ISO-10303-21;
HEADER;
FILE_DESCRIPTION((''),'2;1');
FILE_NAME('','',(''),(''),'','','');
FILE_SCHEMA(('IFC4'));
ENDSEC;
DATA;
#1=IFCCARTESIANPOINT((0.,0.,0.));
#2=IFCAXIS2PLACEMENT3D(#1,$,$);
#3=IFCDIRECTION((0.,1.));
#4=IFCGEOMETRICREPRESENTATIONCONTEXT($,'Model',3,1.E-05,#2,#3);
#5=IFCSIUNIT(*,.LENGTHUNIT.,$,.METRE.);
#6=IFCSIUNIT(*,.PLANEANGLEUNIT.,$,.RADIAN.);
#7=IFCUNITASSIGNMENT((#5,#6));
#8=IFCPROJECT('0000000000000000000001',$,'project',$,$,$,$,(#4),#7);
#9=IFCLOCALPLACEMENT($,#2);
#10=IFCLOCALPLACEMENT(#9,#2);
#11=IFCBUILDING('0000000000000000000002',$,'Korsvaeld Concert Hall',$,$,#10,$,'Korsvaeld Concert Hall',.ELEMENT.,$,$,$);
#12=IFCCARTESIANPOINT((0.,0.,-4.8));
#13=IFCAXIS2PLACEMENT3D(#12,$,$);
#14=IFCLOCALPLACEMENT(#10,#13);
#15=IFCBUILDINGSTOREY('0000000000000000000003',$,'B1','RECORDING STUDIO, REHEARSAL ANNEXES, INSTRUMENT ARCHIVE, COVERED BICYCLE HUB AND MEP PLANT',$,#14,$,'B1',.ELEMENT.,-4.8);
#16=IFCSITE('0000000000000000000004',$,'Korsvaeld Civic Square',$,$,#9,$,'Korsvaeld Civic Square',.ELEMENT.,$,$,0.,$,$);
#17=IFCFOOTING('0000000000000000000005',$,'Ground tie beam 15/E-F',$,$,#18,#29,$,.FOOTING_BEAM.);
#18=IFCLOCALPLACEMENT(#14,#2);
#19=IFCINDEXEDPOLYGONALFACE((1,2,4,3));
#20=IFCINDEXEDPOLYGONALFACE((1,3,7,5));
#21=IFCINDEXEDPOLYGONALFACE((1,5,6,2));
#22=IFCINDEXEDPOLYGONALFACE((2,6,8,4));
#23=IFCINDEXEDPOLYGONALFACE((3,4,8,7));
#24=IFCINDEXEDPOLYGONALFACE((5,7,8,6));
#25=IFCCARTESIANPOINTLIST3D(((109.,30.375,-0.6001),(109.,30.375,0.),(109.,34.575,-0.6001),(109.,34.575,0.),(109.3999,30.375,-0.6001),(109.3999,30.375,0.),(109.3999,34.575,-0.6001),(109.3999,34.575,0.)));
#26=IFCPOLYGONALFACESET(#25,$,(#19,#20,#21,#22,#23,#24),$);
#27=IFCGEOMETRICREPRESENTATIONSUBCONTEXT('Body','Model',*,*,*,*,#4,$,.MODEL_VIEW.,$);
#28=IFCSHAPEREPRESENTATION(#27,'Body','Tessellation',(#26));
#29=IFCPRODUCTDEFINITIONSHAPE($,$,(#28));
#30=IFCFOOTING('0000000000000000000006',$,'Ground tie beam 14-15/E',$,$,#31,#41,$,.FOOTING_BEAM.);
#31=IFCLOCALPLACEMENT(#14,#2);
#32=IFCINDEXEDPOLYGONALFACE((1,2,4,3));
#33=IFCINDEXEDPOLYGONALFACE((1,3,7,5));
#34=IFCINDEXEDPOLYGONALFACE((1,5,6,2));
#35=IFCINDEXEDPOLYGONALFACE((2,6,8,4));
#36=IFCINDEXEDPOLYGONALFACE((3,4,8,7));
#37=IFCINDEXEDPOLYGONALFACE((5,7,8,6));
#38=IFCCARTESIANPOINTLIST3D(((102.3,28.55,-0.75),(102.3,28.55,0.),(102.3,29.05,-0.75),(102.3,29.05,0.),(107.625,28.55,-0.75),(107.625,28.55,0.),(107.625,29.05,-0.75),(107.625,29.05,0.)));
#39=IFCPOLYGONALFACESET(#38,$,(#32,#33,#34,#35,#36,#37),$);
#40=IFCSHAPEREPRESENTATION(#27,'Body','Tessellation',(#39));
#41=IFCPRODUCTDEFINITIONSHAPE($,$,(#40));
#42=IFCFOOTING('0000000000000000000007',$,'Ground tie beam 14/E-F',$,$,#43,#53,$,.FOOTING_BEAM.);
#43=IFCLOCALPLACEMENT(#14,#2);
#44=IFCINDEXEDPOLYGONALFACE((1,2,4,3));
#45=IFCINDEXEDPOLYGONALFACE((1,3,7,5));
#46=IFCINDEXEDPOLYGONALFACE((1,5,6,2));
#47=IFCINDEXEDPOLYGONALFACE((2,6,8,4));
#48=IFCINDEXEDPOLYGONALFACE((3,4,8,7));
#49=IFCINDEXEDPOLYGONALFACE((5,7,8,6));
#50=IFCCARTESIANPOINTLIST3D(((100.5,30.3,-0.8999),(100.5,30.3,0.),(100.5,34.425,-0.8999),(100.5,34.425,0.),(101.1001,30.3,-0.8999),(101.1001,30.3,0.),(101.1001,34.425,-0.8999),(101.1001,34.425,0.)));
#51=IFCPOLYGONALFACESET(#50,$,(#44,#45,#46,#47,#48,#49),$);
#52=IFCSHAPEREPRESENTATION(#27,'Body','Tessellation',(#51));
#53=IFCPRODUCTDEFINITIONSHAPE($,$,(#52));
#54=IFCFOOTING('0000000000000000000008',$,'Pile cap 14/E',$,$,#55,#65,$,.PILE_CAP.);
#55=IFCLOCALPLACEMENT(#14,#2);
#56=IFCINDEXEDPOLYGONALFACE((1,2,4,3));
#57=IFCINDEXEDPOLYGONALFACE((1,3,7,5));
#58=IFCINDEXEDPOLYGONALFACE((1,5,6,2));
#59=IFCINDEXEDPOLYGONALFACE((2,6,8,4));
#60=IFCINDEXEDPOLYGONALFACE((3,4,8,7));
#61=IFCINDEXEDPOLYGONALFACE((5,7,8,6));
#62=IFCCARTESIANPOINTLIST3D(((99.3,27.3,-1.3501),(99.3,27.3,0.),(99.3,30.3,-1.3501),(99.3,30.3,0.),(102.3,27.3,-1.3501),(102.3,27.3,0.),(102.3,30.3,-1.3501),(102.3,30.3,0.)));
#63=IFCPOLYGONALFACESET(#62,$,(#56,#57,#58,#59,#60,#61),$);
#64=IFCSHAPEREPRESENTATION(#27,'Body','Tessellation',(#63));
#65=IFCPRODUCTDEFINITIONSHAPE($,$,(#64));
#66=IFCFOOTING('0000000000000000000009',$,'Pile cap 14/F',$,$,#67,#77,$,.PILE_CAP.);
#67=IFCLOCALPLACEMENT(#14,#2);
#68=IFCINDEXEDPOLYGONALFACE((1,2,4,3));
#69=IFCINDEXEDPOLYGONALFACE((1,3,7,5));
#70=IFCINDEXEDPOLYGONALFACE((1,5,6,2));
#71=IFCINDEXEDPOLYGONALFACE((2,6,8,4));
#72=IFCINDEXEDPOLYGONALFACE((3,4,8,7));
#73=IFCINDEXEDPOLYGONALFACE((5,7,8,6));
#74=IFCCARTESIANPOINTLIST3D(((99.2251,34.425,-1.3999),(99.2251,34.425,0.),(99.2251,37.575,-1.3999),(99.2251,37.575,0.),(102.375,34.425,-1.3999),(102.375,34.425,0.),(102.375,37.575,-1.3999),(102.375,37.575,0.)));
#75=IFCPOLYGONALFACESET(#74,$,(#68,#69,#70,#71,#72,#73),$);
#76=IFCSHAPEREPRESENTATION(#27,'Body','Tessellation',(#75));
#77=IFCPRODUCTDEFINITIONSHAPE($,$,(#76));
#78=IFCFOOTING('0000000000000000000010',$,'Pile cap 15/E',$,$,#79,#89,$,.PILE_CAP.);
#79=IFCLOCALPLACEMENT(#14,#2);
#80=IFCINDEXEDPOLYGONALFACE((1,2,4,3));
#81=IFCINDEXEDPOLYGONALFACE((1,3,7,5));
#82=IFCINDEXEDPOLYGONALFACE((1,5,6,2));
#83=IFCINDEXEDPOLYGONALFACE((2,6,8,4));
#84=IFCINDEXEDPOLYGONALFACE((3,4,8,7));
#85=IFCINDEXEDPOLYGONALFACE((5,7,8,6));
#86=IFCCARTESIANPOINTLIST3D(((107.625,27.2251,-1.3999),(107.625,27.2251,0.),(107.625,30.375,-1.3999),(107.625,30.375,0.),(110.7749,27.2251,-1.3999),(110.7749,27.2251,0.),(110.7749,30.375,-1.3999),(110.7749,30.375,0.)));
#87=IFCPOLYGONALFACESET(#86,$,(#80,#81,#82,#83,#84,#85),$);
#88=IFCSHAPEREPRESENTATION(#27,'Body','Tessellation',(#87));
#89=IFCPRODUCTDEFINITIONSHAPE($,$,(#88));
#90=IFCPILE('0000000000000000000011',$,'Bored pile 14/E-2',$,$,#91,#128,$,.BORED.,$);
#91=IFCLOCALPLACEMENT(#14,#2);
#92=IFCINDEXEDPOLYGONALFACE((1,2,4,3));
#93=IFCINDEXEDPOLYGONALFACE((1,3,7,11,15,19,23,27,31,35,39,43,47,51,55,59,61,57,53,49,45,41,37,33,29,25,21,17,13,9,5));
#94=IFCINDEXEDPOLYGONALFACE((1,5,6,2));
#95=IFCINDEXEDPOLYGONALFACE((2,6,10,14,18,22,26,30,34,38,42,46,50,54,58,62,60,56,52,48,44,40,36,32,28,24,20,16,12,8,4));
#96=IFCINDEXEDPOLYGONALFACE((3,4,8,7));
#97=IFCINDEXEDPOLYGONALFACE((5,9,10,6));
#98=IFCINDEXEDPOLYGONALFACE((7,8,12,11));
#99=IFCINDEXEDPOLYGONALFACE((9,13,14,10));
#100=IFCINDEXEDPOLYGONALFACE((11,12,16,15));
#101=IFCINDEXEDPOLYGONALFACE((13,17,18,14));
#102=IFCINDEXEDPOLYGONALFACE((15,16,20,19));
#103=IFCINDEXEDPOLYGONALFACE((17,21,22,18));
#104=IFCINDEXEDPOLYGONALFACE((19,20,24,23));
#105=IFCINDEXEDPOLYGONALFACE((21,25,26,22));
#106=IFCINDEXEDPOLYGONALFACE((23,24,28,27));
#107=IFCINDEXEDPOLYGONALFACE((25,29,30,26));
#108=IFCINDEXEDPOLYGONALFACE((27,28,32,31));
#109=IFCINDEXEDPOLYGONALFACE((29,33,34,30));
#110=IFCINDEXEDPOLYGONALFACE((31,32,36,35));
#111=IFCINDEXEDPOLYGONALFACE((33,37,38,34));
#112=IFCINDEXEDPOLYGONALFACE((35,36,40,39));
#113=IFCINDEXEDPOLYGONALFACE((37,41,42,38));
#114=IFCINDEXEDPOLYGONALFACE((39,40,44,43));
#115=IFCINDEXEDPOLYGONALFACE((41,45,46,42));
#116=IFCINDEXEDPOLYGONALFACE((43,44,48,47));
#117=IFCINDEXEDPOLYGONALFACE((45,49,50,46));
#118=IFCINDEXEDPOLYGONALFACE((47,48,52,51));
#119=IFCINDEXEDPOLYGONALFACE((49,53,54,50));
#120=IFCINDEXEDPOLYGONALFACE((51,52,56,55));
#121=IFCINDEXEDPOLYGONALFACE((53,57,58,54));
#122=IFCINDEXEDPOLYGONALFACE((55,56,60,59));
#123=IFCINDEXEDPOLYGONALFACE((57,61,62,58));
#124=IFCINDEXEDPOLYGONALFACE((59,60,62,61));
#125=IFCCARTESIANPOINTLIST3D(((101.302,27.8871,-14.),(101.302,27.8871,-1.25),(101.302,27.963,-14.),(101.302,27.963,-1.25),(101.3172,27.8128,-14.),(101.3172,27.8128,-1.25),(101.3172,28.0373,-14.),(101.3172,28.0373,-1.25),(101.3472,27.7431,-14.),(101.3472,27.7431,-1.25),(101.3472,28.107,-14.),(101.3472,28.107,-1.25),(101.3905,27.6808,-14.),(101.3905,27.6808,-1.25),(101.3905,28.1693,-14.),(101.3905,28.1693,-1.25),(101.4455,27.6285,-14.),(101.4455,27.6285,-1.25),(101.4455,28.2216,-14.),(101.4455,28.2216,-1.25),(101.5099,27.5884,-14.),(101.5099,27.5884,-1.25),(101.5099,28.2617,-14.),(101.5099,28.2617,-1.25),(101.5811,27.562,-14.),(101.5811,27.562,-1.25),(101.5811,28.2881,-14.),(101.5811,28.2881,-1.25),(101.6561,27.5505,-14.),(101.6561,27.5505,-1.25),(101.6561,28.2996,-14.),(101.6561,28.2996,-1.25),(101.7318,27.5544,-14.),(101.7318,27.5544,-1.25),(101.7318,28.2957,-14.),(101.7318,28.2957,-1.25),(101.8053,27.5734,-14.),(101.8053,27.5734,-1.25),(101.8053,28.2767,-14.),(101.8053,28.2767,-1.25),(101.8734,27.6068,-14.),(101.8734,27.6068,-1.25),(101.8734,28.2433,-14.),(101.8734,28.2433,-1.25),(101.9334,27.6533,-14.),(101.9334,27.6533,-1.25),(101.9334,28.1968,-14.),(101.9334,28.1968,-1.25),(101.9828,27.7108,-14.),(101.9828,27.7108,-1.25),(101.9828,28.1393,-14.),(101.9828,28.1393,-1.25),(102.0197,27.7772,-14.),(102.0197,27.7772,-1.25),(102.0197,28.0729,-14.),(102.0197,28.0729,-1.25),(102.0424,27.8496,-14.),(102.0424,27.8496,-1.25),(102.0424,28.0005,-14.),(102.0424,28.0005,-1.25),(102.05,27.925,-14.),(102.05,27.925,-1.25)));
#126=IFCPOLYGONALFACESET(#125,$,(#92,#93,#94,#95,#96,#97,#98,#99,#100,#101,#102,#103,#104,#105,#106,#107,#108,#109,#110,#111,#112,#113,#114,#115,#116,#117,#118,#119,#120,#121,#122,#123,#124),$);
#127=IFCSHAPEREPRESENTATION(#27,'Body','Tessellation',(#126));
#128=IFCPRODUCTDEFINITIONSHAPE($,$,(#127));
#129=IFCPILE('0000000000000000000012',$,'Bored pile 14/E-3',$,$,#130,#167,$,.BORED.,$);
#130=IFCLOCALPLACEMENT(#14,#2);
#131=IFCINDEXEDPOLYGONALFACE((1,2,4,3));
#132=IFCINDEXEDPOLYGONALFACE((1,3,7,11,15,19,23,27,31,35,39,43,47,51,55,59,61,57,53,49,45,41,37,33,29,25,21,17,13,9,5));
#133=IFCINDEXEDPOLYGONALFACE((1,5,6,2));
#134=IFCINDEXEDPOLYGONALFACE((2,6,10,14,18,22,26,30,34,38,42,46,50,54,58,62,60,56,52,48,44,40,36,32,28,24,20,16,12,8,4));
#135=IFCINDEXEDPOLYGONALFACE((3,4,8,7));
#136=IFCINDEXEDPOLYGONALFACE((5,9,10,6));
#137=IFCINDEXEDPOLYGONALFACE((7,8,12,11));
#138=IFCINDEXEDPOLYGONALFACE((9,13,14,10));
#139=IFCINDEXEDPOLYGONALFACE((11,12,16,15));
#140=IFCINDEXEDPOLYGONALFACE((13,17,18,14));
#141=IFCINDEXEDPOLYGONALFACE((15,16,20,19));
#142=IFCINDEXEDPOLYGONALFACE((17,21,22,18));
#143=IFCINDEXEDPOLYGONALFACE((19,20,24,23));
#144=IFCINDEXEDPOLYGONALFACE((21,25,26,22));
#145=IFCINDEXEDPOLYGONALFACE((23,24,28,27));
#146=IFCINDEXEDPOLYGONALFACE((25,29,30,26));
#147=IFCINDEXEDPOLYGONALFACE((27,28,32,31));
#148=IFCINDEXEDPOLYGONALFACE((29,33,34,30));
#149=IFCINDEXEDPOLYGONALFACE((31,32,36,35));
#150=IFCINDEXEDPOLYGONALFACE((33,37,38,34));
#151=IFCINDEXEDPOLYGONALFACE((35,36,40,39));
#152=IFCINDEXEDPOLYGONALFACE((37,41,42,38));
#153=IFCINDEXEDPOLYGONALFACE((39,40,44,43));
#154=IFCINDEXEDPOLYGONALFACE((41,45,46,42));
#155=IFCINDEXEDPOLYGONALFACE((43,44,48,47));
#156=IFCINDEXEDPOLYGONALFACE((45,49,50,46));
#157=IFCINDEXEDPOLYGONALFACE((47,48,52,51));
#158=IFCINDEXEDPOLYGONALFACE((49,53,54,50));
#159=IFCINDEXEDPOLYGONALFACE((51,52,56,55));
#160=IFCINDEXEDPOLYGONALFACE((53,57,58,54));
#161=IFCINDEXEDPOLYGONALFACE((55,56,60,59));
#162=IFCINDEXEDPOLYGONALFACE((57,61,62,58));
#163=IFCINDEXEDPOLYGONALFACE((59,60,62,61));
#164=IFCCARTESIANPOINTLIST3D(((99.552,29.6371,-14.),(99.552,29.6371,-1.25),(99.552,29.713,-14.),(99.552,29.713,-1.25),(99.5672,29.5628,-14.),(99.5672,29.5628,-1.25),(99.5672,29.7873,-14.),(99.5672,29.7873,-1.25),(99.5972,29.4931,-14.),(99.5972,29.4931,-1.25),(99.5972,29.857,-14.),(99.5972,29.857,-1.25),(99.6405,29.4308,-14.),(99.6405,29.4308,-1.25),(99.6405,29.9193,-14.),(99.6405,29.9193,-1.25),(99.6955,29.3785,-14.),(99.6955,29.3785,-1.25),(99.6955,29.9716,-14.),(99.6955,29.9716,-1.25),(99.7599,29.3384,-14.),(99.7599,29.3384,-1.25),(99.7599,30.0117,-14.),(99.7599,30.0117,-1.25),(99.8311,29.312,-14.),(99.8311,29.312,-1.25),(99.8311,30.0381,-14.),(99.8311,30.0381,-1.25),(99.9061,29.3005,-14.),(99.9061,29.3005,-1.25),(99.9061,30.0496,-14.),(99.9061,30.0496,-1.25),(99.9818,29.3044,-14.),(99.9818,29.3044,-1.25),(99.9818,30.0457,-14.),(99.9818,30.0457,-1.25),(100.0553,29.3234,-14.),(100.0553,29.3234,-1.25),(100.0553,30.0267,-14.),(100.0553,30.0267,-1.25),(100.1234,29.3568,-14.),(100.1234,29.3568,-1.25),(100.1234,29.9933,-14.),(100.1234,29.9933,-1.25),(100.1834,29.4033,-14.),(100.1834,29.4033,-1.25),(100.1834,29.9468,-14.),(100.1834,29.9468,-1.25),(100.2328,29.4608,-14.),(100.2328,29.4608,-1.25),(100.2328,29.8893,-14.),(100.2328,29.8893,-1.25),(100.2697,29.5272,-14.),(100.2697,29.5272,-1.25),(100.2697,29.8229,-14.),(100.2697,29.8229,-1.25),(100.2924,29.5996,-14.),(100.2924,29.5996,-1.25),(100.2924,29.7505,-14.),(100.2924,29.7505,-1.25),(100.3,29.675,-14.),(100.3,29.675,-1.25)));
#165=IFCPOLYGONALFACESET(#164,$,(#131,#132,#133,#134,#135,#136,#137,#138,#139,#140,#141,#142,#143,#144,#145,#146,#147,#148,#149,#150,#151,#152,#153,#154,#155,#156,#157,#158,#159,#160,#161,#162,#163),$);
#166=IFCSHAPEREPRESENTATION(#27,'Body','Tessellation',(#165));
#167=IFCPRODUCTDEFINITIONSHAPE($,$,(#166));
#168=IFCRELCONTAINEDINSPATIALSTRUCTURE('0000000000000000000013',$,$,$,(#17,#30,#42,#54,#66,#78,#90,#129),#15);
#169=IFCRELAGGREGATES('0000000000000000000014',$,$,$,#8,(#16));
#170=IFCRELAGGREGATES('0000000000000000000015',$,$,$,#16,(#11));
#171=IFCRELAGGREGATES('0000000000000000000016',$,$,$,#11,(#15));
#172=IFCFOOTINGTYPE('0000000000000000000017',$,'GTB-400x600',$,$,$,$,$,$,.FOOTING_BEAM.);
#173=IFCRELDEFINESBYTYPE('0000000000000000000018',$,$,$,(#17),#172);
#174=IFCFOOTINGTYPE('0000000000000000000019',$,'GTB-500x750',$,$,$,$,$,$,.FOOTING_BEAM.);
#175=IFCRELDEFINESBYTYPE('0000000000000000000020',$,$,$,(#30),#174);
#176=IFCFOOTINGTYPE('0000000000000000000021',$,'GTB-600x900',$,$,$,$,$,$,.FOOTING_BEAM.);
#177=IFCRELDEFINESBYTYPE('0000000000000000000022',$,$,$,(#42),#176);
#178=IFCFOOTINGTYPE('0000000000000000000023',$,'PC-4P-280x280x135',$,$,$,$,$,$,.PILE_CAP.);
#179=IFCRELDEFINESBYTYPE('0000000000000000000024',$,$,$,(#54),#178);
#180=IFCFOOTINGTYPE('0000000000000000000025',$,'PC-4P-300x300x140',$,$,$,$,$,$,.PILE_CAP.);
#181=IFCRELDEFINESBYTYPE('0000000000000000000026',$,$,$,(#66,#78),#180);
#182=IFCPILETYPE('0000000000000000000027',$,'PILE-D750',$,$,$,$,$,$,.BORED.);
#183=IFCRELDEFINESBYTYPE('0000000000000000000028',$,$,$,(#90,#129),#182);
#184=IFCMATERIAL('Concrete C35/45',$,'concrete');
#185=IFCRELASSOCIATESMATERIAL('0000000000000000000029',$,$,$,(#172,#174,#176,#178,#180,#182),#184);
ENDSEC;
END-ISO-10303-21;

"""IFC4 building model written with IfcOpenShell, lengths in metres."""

from ifc_helpers import new_model, si_unit, direction, frame, origin, origin_2d, place, context, subcontext, project, spatial, rectangle, circle, extrude, material, material_profile, profile_set, type_object, element, save


model = new_model("IFC4")

# Units and contexts
model_context = context("Model", 3, precision=1e-05, world=origin(), true_north=direction((0.0, 1.0)))
body_context = subcontext(model_context, "Body", "Model", "MODEL_VIEW")
ifc_project = project(units=[si_unit("LENGTHUNIT", "METRE"), si_unit("PLANEANGLEUNIT", "RADIAN")], contexts=[model_context])

# Site, building, storey
site_placement = place(None, origin())
site = spatial("IfcSite", under=ifc_project, at=site_placement, Name="Korsvaeld Civic Square", LongName="Korsvaeld Civic Square", CompositionType="ELEMENT", RefElevation=0.0)
building_placement = place(site_placement, origin())
building = spatial("IfcBuilding", under=site, at=building_placement, Name="Korsvaeld Concert Hall", LongName="Korsvaeld Concert Hall", CompositionType="ELEMENT")
storey_placement = place(building_placement, frame((0.0, 0.0, -4.8)))
storey = spatial("IfcBuildingStorey", under=building, at=storey_placement, Name="B1", Description="RECORDING STUDIO, REHEARSAL ANNEXES, INSTRUMENT ARCHIVE, COVERED BICYCLE HUB AND MEP PLANT", LongName="B1", CompositionType="ELEMENT", Elevation=-4.8)

# Footings
ifc_material_1 = material(Name="Concrete C35/45", Category="concrete")
ifc_material_profile_1 = material_profile(ifc_material_1, rectangle(XDim=0.3999, YDim=0.6001, at=origin_2d()), Name="GTB 400x600")
ifc_profile_set_1 = profile_set([ifc_material_profile_1], Name="Concrete C35/45")
footing_type_1 = type_object("IfcFootingType", Name="GTB-400x600", PredefinedType="FOOTING_BEAM", material=ifc_profile_set_1)
footing_1_placement = place(storey_placement, frame((109.2, 30.375, -0.3), z_axis=(0.0, 1.0, 0.0), x_axis=(-1.0, 0.0, 0.0)))
element("IfcFooting", 1, at=footing_1_placement, inside=storey, type_object=footing_type_1, Name="Ground tie beam 15/E-F", PredefinedType="FOOTING_BEAM", context=body_context, shape_type="SweptSolid", body=[
    extrude(rectangle(XDim=0.3999, YDim=0.6001, at=origin_2d()), origin(), (0.0, 0.0, 1.0), 4.2),
])
ifc_material_profile_2 = material_profile(ifc_material_1, rectangle(XDim=0.5, YDim=0.75, at=origin_2d()), Name="GTB 500x750")
ifc_profile_set_2 = profile_set([ifc_material_profile_2], Name="Concrete C35/45")
footing_type_2 = type_object("IfcFootingType", Name="GTB-500x750", PredefinedType="FOOTING_BEAM", material=ifc_profile_set_2)
footing_2_placement = place(storey_placement, frame((102.3, 28.8, -0.375), z_axis=(1.0, 0.0, 0.0), x_axis=(0.0, 1.0, 0.0)))
element("IfcFooting", 2, at=footing_2_placement, inside=storey, type_object=footing_type_2, Name="Ground tie beam 14-15/E", PredefinedType="FOOTING_BEAM", context=body_context, shape_type="SweptSolid", body=[
    extrude(rectangle(XDim=0.5, YDim=0.75, at=origin_2d()), origin(), (0.0, 0.0, 1.0), 5.325),
])
ifc_material_profile_3 = material_profile(ifc_material_1, rectangle(XDim=0.6001, YDim=0.8999, at=origin_2d()), Name="GTB 600x900")
ifc_profile_set_3 = profile_set([ifc_material_profile_3], Name="Concrete C35/45")
footing_type_3 = type_object("IfcFootingType", Name="GTB-600x900", PredefinedType="FOOTING_BEAM", material=ifc_profile_set_3)
footing_3_placement = place(storey_placement, frame((100.8, 30.3, -0.45), z_axis=(0.0, 1.0, 0.0), x_axis=(-1.0, 0.0, 0.0)))
element("IfcFooting", 3, at=footing_3_placement, inside=storey, type_object=footing_type_3, Name="Ground tie beam 14/E-F", PredefinedType="FOOTING_BEAM", context=body_context, shape_type="SweptSolid", body=[
    extrude(rectangle(XDim=0.6001, YDim=0.8999, at=origin_2d()), origin(), (0.0, 0.0, 1.0), 4.125),
])
footing_type_4 = type_object("IfcFootingType", Name="PC-4P-280x280x135", PredefinedType="PILE_CAP", material=ifc_material_1)
footing_4_placement = place(storey_placement, frame((100.8, 28.8, -1.3501), z_axis=(0.0, 0.0, 1.0), x_axis=(1.0, 0.0, 0.0)))
element("IfcFooting", 4, at=footing_4_placement, inside=storey, type_object=footing_type_4, Name="Pile cap 14/E", PredefinedType="PILE_CAP", context=body_context, shape_type="SweptSolid", body=[
    extrude(rectangle(XDim=3.0, YDim=3.0, at=origin_2d()), origin(), (0.0, 0.0, 1.0), 1.3501),
])
footing_type_5 = type_object("IfcFootingType", Name="PC-4P-300x300x140", PredefinedType="PILE_CAP", material=ifc_material_1)
for number, where, z_axis, x_axis, name in (
    (5, (100.8, 36.0, -1.3999), (0.0, 0.0, 1.0), (1.0, 0.0, 0.0), "Pile cap 14/F"),
    (6, (109.2, 28.8, -1.3999), (0.0, 0.0, 1.0), (1.0, 0.0, 0.0), "Pile cap 15/E"),
):
    element("IfcFooting", number, at=place(storey_placement, frame(where, z_axis=z_axis, x_axis=x_axis)), inside=storey, type_object=footing_type_5, Name=name, PredefinedType="PILE_CAP", context=body_context, shape_type="SweptSolid", body=[
        extrude(rectangle(XDim=3.1499, YDim=3.1499, at=origin_2d()), origin(), (0.0, 0.0, 1.0), 1.3999),
    ])

# Piles
ifc_material_profile_4 = material_profile(ifc_material_1, circle(Radius=0.375, at=origin_2d()), Name="BORED PILE D750")
ifc_profile_set_4 = profile_set([ifc_material_profile_4], Name="Concrete C35/45")
pile_type_1 = type_object("IfcPileType", Name="PILE-D750", PredefinedType="BORED", material=ifc_profile_set_4)
for number, where, z_axis, x_axis, name in (
    (7, (101.675, 27.925, -1.25), (0.0, 0.0, -1.0), (1.0, 0.0, 0.0), "Bored pile 14/E-2"),
    (8, (99.925, 29.675, -1.25), (0.0, 0.0, -1.0), (1.0, 0.0, 0.0), "Bored pile 14/E-3"),
):
    element("IfcPile", number, at=place(storey_placement, frame(where, z_axis=z_axis, x_axis=x_axis)), inside=storey, type_object=pile_type_1, Name=name, PredefinedType="BORED", context=body_context, shape_type="SweptSolid", body=[
        extrude(circle(Radius=0.375, at=origin_2d()), origin(), (0.0, 0.0, 1.0), 12.75),
    ])

save(model, "model.ifc")
